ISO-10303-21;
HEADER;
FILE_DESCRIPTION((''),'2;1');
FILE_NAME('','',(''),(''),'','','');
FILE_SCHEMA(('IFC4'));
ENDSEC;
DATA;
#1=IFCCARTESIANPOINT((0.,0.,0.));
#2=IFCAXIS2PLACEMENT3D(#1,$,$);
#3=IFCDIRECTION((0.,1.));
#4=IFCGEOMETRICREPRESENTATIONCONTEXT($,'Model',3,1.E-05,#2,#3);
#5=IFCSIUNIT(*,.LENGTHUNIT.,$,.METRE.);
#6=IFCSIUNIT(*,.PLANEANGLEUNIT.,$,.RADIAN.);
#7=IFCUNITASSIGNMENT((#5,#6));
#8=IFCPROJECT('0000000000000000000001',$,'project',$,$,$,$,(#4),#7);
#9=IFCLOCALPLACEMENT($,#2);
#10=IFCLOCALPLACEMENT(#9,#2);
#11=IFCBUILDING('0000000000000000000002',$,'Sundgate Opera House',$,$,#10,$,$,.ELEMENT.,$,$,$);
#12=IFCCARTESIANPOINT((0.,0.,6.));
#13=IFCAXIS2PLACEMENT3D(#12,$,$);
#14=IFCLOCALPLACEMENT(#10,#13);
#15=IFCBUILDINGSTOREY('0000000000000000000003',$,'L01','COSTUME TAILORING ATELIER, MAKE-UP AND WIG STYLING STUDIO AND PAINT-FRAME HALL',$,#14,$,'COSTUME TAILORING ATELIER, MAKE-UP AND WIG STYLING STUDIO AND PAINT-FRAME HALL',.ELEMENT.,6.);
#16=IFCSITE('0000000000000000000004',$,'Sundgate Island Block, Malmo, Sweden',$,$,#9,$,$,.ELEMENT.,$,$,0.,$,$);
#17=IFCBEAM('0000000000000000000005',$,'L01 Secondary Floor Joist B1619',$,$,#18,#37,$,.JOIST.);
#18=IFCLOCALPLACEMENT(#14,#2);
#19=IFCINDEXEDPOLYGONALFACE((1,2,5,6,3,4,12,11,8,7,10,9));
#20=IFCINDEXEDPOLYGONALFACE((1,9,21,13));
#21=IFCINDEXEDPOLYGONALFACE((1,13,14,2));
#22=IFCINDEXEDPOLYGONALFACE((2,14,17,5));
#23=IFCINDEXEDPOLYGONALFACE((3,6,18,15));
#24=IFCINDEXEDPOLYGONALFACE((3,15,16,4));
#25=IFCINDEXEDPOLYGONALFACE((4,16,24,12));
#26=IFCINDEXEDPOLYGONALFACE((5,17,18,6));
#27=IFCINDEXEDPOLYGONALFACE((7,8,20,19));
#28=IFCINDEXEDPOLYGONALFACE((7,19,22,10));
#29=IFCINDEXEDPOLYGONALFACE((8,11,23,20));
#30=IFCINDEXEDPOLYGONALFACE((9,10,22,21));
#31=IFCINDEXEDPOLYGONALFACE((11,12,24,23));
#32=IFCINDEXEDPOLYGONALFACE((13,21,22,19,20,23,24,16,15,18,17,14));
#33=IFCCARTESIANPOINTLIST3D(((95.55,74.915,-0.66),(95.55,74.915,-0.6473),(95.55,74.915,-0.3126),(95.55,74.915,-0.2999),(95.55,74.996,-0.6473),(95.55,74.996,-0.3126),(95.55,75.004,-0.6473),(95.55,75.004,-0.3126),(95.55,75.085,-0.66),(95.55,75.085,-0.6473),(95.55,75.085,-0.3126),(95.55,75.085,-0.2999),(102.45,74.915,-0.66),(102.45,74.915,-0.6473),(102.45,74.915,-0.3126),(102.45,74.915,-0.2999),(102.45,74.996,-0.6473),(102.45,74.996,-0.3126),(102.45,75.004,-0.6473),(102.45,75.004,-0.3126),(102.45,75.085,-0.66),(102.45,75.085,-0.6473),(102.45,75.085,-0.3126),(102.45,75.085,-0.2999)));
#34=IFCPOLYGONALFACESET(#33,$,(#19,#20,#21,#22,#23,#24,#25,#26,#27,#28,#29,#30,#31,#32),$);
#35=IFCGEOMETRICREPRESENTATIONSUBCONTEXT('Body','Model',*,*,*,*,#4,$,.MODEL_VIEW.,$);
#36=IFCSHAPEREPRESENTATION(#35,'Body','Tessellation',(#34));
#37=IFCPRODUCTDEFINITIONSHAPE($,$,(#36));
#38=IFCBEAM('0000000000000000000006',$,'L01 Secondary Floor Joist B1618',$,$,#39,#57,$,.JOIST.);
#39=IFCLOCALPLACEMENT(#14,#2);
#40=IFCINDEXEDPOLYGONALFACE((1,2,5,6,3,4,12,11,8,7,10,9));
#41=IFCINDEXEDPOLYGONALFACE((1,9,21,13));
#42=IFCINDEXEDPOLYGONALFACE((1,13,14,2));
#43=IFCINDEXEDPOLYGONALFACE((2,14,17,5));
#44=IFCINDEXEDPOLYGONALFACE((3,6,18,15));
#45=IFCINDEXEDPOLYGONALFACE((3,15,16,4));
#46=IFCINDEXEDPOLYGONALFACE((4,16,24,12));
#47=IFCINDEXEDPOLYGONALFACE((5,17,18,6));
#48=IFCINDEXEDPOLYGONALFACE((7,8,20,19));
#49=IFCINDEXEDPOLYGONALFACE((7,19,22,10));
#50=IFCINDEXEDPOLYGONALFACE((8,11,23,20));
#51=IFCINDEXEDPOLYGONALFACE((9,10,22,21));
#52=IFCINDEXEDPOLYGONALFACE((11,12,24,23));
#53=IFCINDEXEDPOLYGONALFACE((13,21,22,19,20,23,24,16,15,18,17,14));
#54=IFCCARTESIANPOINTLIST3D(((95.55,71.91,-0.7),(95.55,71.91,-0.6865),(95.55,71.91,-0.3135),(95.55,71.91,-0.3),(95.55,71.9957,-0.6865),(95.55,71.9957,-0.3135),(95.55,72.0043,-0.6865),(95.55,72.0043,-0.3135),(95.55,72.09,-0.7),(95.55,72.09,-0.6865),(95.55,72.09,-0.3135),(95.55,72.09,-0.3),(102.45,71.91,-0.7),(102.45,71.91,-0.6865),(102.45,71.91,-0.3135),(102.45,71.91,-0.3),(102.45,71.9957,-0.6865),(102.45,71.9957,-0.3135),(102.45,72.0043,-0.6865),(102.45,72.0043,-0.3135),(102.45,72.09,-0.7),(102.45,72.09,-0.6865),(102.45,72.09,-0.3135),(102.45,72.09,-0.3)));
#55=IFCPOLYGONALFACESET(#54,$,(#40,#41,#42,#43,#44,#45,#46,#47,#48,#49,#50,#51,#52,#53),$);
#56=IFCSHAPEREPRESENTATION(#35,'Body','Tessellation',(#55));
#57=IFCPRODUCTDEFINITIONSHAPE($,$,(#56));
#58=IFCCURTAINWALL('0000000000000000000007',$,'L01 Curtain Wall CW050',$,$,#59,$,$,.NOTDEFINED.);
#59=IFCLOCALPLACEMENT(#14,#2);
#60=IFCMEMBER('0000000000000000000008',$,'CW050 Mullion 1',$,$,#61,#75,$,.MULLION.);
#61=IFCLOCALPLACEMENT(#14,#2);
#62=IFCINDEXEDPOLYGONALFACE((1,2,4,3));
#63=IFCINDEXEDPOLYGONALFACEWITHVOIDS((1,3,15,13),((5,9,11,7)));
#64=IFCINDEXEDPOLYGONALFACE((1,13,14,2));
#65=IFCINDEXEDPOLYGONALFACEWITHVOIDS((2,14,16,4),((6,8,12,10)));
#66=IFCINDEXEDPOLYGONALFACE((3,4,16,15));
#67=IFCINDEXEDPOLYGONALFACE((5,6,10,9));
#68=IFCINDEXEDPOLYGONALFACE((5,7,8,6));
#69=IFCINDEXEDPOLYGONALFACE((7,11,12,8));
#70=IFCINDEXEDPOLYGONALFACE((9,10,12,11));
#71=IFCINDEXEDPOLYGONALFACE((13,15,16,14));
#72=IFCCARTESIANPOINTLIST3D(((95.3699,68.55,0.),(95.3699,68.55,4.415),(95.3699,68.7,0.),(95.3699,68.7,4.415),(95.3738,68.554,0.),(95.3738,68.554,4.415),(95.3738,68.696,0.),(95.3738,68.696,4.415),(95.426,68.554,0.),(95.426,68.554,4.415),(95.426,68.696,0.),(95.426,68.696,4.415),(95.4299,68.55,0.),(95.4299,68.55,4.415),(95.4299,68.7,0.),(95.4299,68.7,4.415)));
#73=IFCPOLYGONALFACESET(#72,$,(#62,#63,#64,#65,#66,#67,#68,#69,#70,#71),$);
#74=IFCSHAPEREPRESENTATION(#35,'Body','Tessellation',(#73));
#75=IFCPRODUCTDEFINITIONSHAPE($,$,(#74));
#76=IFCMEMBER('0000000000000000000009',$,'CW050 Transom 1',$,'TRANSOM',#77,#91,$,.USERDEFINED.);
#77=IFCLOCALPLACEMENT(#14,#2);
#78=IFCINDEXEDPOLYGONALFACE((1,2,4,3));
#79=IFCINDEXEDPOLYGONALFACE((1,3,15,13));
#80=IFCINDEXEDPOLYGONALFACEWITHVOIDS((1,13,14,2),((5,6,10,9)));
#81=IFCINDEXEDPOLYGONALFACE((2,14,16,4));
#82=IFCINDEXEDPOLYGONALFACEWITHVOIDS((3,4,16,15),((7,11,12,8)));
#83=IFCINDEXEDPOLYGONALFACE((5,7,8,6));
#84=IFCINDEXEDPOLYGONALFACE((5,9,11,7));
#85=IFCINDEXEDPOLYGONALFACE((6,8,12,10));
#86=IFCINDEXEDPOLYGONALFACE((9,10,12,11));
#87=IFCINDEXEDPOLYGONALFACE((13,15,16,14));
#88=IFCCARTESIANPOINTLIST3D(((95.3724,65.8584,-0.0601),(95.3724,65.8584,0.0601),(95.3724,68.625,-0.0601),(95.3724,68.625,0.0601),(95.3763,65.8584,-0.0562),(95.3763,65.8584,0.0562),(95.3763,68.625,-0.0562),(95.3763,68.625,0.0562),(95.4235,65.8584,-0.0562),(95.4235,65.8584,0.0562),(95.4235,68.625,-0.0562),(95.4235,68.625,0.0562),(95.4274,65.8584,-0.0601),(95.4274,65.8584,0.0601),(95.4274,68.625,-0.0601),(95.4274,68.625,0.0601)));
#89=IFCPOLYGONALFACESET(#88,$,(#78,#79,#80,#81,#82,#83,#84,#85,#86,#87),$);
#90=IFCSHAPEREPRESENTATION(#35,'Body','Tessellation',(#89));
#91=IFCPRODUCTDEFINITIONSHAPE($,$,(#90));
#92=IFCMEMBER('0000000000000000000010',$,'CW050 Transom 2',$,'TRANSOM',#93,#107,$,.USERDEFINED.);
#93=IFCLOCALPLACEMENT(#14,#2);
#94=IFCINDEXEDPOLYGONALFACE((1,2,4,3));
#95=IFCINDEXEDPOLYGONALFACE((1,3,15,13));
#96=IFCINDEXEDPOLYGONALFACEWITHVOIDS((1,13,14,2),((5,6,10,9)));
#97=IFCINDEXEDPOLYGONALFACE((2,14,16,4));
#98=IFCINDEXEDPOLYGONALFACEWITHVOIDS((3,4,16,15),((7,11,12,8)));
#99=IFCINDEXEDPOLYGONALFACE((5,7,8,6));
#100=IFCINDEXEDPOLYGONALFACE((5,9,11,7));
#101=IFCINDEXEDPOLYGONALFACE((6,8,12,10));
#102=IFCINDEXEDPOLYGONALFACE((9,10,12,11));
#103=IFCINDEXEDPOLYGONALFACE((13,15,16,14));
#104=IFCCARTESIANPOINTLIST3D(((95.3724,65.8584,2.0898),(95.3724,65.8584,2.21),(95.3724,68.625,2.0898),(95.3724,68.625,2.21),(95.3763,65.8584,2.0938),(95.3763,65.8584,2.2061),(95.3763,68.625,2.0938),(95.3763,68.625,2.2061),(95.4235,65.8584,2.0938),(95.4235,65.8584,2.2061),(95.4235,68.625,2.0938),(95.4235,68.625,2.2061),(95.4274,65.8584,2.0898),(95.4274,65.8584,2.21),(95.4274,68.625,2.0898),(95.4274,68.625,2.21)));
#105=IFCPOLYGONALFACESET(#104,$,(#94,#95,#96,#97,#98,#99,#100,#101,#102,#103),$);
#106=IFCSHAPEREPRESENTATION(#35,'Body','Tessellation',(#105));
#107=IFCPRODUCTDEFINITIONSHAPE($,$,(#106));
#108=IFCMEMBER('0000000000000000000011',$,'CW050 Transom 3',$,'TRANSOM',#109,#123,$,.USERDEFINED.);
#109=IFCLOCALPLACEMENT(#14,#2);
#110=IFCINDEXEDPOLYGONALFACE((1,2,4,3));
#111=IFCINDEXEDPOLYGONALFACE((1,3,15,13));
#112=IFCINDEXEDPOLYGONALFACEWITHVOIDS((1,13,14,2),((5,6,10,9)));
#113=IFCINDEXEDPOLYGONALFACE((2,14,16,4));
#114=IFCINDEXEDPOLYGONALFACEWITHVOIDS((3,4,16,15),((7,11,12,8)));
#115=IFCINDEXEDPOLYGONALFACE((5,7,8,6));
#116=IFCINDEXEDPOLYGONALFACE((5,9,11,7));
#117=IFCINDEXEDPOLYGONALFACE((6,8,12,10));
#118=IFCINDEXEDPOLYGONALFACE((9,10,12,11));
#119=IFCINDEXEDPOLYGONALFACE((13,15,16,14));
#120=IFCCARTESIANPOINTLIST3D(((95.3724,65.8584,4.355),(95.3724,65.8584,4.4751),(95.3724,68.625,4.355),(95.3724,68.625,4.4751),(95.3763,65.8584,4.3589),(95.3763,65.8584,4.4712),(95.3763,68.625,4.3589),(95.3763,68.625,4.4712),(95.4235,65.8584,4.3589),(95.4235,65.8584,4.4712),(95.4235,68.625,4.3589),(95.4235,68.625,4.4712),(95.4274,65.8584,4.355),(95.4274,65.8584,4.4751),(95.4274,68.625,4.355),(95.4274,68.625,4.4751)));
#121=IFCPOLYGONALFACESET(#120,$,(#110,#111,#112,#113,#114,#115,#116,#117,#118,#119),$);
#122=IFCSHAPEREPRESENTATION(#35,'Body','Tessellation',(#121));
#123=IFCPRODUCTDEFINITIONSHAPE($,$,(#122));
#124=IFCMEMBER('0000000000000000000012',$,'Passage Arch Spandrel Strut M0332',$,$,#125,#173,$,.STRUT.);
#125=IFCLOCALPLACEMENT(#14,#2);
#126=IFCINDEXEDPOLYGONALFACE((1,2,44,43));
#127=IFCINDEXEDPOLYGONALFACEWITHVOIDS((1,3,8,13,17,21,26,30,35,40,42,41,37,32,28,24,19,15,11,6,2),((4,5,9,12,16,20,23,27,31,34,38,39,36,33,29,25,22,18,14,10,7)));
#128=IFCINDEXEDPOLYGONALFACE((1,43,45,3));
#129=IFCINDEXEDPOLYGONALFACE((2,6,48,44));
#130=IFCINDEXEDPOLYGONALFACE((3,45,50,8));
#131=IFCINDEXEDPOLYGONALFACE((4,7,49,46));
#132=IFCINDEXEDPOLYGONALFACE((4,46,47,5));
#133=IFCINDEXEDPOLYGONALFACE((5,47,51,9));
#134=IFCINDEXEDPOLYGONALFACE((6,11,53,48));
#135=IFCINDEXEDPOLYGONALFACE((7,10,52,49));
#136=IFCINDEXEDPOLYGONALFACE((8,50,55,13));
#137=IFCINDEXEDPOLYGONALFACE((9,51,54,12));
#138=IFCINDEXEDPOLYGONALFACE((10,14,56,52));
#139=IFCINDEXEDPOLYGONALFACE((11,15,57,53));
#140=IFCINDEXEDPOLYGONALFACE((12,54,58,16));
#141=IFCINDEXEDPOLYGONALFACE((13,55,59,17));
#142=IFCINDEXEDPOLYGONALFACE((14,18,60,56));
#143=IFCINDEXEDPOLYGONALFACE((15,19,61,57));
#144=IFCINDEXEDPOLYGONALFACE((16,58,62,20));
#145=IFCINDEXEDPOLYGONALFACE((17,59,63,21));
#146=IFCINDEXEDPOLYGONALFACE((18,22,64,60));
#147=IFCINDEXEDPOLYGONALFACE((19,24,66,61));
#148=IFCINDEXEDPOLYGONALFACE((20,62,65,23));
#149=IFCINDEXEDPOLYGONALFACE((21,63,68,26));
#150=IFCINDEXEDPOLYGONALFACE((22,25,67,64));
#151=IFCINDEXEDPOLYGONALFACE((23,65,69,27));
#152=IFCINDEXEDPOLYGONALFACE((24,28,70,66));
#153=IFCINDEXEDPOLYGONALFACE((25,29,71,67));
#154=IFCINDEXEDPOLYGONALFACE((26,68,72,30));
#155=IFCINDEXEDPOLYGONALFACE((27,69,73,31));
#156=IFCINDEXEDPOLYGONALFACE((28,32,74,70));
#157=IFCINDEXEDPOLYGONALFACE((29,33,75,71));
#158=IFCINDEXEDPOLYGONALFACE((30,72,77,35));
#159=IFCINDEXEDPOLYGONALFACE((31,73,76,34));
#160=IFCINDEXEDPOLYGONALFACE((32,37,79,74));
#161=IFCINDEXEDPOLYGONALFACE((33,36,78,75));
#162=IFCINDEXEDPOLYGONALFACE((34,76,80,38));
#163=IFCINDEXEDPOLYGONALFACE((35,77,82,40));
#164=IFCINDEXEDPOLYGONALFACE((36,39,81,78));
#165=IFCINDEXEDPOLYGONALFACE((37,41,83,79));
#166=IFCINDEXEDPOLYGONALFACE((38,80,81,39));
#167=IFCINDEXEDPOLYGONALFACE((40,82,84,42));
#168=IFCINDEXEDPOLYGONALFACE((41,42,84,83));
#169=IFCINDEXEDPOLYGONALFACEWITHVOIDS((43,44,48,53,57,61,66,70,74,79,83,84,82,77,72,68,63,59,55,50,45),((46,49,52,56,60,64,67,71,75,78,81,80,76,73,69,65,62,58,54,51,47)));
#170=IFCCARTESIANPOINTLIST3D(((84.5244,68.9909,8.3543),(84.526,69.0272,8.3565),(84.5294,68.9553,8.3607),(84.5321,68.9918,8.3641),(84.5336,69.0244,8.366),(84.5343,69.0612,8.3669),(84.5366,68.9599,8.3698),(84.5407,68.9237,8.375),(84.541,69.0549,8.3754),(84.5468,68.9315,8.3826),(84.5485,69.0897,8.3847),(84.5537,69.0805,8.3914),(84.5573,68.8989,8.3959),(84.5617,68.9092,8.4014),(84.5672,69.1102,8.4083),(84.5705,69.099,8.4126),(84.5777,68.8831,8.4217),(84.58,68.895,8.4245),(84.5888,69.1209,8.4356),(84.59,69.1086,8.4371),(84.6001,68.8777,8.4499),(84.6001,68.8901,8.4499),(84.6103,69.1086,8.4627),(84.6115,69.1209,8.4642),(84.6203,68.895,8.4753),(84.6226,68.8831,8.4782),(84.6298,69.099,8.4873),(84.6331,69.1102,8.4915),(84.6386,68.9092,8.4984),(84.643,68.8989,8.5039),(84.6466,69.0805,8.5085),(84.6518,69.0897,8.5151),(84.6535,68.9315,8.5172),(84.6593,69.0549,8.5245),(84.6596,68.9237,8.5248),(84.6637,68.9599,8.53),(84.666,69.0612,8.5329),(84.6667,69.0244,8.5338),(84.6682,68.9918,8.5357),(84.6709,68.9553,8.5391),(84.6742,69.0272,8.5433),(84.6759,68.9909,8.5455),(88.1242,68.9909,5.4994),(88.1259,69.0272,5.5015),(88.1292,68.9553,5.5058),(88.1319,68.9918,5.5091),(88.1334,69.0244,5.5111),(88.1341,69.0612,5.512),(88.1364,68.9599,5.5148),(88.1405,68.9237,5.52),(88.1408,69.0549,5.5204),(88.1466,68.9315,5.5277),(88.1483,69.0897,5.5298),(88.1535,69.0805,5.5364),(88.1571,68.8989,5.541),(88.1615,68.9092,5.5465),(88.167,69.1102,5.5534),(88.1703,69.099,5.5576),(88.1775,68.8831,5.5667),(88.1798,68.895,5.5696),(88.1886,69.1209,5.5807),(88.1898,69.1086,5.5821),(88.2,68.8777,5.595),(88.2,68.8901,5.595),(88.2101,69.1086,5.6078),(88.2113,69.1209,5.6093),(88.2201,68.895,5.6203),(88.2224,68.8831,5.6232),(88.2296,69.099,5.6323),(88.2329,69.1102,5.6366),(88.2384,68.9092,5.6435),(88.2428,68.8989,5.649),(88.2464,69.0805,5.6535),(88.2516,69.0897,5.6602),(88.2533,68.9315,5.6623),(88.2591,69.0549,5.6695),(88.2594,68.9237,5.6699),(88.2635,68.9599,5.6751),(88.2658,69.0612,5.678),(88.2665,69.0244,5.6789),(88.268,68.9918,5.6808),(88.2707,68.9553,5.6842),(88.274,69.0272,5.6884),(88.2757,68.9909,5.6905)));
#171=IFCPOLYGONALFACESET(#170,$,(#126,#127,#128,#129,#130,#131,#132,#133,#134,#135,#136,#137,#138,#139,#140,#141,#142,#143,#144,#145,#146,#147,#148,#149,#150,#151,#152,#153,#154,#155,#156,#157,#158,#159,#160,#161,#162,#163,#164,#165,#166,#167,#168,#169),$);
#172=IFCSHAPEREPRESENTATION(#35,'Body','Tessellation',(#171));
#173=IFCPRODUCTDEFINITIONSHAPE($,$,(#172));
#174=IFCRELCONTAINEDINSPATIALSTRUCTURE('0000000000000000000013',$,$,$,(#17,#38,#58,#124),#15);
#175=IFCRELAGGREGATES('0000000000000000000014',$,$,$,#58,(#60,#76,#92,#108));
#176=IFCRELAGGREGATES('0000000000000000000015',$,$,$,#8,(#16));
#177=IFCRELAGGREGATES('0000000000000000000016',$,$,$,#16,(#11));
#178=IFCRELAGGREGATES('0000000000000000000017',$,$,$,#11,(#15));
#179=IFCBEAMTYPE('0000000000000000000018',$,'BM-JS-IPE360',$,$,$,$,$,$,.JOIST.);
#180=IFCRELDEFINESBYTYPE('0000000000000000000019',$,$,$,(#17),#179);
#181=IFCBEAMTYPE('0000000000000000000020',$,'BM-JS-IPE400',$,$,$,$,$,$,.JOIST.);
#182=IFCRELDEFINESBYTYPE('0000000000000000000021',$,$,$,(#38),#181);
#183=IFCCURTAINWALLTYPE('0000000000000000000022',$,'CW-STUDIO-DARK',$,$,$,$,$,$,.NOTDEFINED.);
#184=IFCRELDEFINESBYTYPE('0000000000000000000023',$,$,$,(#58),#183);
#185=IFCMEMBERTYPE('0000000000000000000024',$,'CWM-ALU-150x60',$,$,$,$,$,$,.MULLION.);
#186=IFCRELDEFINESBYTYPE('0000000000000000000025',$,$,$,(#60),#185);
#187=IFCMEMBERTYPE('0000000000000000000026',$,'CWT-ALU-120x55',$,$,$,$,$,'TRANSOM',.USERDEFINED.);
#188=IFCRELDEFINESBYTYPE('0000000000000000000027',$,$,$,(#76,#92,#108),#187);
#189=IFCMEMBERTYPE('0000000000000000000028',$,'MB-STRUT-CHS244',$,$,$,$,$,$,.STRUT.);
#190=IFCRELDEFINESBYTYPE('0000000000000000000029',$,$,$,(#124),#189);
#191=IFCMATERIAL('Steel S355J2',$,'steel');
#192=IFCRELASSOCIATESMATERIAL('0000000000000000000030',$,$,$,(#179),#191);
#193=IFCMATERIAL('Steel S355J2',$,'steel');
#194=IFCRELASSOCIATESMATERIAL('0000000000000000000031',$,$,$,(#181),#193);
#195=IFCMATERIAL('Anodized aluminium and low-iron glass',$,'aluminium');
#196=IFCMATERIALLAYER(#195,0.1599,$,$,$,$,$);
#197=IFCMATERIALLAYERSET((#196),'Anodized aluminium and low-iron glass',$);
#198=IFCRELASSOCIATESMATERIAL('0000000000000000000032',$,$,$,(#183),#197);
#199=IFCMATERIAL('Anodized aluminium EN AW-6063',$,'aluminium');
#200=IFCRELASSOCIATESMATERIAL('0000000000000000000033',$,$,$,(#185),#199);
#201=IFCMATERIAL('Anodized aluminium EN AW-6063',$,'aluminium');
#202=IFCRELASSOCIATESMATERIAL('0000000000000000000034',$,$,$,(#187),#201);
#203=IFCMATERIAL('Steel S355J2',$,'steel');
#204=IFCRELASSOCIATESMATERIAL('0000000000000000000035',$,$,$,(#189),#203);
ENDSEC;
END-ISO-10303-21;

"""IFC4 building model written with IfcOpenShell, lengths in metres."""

from ifc_helpers import new_model, si_unit, direction, frame, origin, origin_2d, place, context, subcontext, project, spatial, hollow_rectangle, hollow_circle, i_section, extrude, material, layer, layer_set, material_profile, profile_set, type_object, element, aggregate, save


model = new_model("IFC4")

# Units and contexts
model_context = context("Model", 3, precision=1e-05, world=origin(), true_north=direction((0.0, 1.0)))
body_context = subcontext(model_context, "Body", "Model", "MODEL_VIEW")
ifc_project = project(units=[si_unit("LENGTHUNIT", "METRE"), si_unit("PLANEANGLEUNIT", "RADIAN")], contexts=[model_context])

# Site, building, storey
site_placement = place(None, origin())
site = spatial("IfcSite", under=ifc_project, at=site_placement, Name="Sundgate Island Block, Malmo, Sweden", CompositionType="ELEMENT", RefElevation=0.0)
building_placement = place(site_placement, origin())
building = spatial("IfcBuilding", under=site, at=building_placement, Name="Sundgate Opera House", CompositionType="ELEMENT")
storey_placement = place(building_placement, frame((0.0, 0.0, 6.0)))
storey = spatial("IfcBuildingStorey", under=building, at=storey_placement, Name="L01", Description="COSTUME TAILORING ATELIER, MAKE-UP AND WIG STYLING STUDIO AND PAINT-FRAME HALL", LongName="COSTUME TAILORING ATELIER, MAKE-UP AND WIG STYLING STUDIO AND PAINT-FRAME HALL", CompositionType="ELEMENT", Elevation=6.0)

# Beams
ifc_material_1 = material(Name="Steel S355J2", Category="steel")
ifc_material_profile_1 = material_profile(ifc_material_1, i_section(OverallWidth=0.1699, OverallDepth=0.3601, WebThickness=0.0081, FlangeThickness=0.0127, at=origin_2d()), Name="IPE 360")
ifc_profile_set_1 = profile_set([ifc_material_profile_1], Name="Steel S355J2")
beam_type_1 = type_object("IfcBeamType", Name="BM-JS-IPE360", PredefinedType="JOIST", material=ifc_profile_set_1)
beam_1_placement = place(storey_placement, frame((95.55, 75.0, -0.48), z_axis=(1.0, 0.0, 0.0), x_axis=(0.0, 1.0, 0.0)))
element("IfcBeam", 1, at=beam_1_placement, inside=storey, type_object=beam_type_1, Name="L01 Secondary Floor Joist B1619", PredefinedType="JOIST", context=body_context, shape_type="SweptSolid", body=[
    extrude(i_section(OverallWidth=0.1699, OverallDepth=0.3601, WebThickness=0.0081, FlangeThickness=0.0127, at=origin_2d()), origin(), (0.0, 0.0, 1.0), 6.8999),
])
ifc_material_2 = material(Name="Steel S355J2", Category="steel")
ifc_material_profile_2 = material_profile(ifc_material_2, i_section(OverallWidth=0.1799, OverallDepth=0.3999, WebThickness=0.0085, FlangeThickness=0.0134, at=origin_2d()), Name="IPE 400")
ifc_profile_set_2 = profile_set([ifc_material_profile_2], Name="Steel S355J2")
beam_type_2 = type_object("IfcBeamType", Name="BM-JS-IPE400", PredefinedType="JOIST", material=ifc_profile_set_2)
beam_2_placement = place(storey_placement, frame((95.55, 72.0, -0.5), z_axis=(1.0, 0.0, 0.0), x_axis=(0.0, 1.0, 0.0)))
element("IfcBeam", 2, at=beam_2_placement, inside=storey, type_object=beam_type_2, Name="L01 Secondary Floor Joist B1618", PredefinedType="JOIST", context=body_context, shape_type="SweptSolid", body=[
    extrude(i_section(OverallWidth=0.1799, OverallDepth=0.3999, WebThickness=0.0085, FlangeThickness=0.0134, at=origin_2d()), origin(), (0.0, 0.0, 1.0), 6.8999),
])

# Curtain wall, members
ifc_material_3 = material(Name="Anodized aluminium and low-iron glass", Category="aluminium")
ifc_layer_1 = layer(ifc_material_3, 0.1599)
ifc_layer_set_1 = layer_set([ifc_layer_1], Name="Anodized aluminium and low-iron glass")
curtain_wall_type = type_object("IfcCurtainWallType", Name="CW-STUDIO-DARK", PredefinedType="NOTDEFINED", material=ifc_layer_set_1)
curtain_wall_placement = place(storey_placement, origin())
curtain_wall = element("IfcCurtainWall", 3, at=curtain_wall_placement, inside=storey, type_object=curtain_wall_type, Name="L01 Curtain Wall CW050", PredefinedType="NOTDEFINED")
ifc_material_4 = material(Name="Anodized aluminium EN AW-6063", Category="aluminium")
ifc_material_profile_3 = material_profile(ifc_material_4, hollow_rectangle(XDim=0.0601, YDim=0.1499, WallThickness=0.0039, at=origin_2d()), Name="CWM 150x60x4")
ifc_profile_set_3 = profile_set([ifc_material_profile_3], Name="Anodized aluminium EN AW-6063")
member_type_1 = type_object("IfcMemberType", Name="CWM-ALU-150x60", PredefinedType="MULLION", material=ifc_profile_set_3)
member_1_placement = place(storey_placement, frame((95.3999, 68.625, 0.0), z_axis=(0.0, 0.0, 1.0), x_axis=(1.0, 0.0, 0.0)))
member_1 = element("IfcMember", 4, at=member_1_placement, type_object=member_type_1, Name="CW050 Mullion 1", PredefinedType="MULLION", context=body_context, shape_type="SweptSolid", body=[
    extrude(hollow_rectangle(XDim=0.0601, YDim=0.1499, WallThickness=0.0039, at=origin_2d()), origin(), (0.0, 0.0, 1.0), 4.415),
])
ifc_material_5 = material(Name="Anodized aluminium EN AW-6063", Category="aluminium")
ifc_material_profile_4 = material_profile(ifc_material_5, hollow_rectangle(XDim=0.0549, YDim=0.1201, WallThickness=0.0039, at=origin_2d()), Name="CWT 120x55x4")
ifc_profile_set_4 = profile_set([ifc_material_profile_4], Name="Anodized aluminium EN AW-6063")
member_type_2 = type_object("IfcMemberType", Name="CWT-ALU-120x55", ElementType="TRANSOM", PredefinedType="USERDEFINED", material=ifc_profile_set_4)
member_2_placement = place(storey_placement, frame((95.3999, 68.625, 0.0), z_axis=(0.0, -1.0, 0.0), x_axis=(1.0, 0.0, 0.0)))
member_2 = element("IfcMember", 5, at=member_2_placement, type_object=member_type_2, Name="CW050 Transom 1", ObjectType="TRANSOM", PredefinedType="USERDEFINED", context=body_context, shape_type="SweptSolid", body=[
    extrude(hollow_rectangle(XDim=0.0549, YDim=0.1201, WallThickness=0.0039, at=origin_2d()), origin(), (0.0, 0.0, 1.0), 2.7666),
])
member_3_placement = place(storey_placement, frame((95.3999, 68.625, 2.1499), z_axis=(0.0, -1.0, 0.0), x_axis=(1.0, 0.0, 0.0)))
member_3 = element("IfcMember", 6, at=member_3_placement, type_object=member_type_2, Name="CW050 Transom 2", ObjectType="TRANSOM", PredefinedType="USERDEFINED", context=body_context, shape_type="SweptSolid", body=[
    extrude(hollow_rectangle(XDim=0.0549, YDim=0.1201, WallThickness=0.0039, at=origin_2d()), origin(), (0.0, 0.0, 1.0), 2.7666),
])
member_4_placement = place(storey_placement, frame((95.3999, 68.625, 4.415), z_axis=(0.0, -1.0, 0.0), x_axis=(1.0, 0.0, 0.0)))
member_4 = element("IfcMember", 7, at=member_4_placement, type_object=member_type_2, Name="CW050 Transom 3", ObjectType="TRANSOM", PredefinedType="USERDEFINED", context=body_context, shape_type="SweptSolid", body=[
    extrude(hollow_rectangle(XDim=0.0549, YDim=0.1201, WallThickness=0.0039, at=origin_2d()), origin(), (0.0, 0.0, 1.0), 2.7666),
])

# Member
ifc_material_6 = material(Name="Steel S355J2", Category="steel")
ifc_material_profile_5 = material_profile(ifc_material_6, hollow_circle(Radius=0.1223, WallThickness=0.0125, at=origin_2d()), Name="CHS 244.5x12.5")
ifc_profile_set_5 = profile_set([ifc_material_profile_5], Name="Steel S355J2")
member_type_3 = type_object("IfcMemberType", Name="MB-STRUT-CHS244", PredefinedType="STRUT", material=ifc_profile_set_5)
member_5_placement = place(storey_placement, frame((88.2, 69.0, 5.595), z_axis=(-0.783506, 0.0, 0.621385), x_axis=(0.0, -1.0, 0.0)))
element("IfcMember", 8, at=member_5_placement, inside=storey, type_object=member_type_3, Name="Passage Arch Spandrel Strut M0332", PredefinedType="STRUT", context=body_context, shape_type="SweptSolid", body=[
    extrude(hollow_circle(Radius=0.1223, WallThickness=0.0125, at=origin_2d()), origin(), (0.0, 0.0, 1.0), 4.5945),
])

aggregate(curtain_wall, [member_1, member_2, member_3, member_4])

save(model, "model.ifc")
